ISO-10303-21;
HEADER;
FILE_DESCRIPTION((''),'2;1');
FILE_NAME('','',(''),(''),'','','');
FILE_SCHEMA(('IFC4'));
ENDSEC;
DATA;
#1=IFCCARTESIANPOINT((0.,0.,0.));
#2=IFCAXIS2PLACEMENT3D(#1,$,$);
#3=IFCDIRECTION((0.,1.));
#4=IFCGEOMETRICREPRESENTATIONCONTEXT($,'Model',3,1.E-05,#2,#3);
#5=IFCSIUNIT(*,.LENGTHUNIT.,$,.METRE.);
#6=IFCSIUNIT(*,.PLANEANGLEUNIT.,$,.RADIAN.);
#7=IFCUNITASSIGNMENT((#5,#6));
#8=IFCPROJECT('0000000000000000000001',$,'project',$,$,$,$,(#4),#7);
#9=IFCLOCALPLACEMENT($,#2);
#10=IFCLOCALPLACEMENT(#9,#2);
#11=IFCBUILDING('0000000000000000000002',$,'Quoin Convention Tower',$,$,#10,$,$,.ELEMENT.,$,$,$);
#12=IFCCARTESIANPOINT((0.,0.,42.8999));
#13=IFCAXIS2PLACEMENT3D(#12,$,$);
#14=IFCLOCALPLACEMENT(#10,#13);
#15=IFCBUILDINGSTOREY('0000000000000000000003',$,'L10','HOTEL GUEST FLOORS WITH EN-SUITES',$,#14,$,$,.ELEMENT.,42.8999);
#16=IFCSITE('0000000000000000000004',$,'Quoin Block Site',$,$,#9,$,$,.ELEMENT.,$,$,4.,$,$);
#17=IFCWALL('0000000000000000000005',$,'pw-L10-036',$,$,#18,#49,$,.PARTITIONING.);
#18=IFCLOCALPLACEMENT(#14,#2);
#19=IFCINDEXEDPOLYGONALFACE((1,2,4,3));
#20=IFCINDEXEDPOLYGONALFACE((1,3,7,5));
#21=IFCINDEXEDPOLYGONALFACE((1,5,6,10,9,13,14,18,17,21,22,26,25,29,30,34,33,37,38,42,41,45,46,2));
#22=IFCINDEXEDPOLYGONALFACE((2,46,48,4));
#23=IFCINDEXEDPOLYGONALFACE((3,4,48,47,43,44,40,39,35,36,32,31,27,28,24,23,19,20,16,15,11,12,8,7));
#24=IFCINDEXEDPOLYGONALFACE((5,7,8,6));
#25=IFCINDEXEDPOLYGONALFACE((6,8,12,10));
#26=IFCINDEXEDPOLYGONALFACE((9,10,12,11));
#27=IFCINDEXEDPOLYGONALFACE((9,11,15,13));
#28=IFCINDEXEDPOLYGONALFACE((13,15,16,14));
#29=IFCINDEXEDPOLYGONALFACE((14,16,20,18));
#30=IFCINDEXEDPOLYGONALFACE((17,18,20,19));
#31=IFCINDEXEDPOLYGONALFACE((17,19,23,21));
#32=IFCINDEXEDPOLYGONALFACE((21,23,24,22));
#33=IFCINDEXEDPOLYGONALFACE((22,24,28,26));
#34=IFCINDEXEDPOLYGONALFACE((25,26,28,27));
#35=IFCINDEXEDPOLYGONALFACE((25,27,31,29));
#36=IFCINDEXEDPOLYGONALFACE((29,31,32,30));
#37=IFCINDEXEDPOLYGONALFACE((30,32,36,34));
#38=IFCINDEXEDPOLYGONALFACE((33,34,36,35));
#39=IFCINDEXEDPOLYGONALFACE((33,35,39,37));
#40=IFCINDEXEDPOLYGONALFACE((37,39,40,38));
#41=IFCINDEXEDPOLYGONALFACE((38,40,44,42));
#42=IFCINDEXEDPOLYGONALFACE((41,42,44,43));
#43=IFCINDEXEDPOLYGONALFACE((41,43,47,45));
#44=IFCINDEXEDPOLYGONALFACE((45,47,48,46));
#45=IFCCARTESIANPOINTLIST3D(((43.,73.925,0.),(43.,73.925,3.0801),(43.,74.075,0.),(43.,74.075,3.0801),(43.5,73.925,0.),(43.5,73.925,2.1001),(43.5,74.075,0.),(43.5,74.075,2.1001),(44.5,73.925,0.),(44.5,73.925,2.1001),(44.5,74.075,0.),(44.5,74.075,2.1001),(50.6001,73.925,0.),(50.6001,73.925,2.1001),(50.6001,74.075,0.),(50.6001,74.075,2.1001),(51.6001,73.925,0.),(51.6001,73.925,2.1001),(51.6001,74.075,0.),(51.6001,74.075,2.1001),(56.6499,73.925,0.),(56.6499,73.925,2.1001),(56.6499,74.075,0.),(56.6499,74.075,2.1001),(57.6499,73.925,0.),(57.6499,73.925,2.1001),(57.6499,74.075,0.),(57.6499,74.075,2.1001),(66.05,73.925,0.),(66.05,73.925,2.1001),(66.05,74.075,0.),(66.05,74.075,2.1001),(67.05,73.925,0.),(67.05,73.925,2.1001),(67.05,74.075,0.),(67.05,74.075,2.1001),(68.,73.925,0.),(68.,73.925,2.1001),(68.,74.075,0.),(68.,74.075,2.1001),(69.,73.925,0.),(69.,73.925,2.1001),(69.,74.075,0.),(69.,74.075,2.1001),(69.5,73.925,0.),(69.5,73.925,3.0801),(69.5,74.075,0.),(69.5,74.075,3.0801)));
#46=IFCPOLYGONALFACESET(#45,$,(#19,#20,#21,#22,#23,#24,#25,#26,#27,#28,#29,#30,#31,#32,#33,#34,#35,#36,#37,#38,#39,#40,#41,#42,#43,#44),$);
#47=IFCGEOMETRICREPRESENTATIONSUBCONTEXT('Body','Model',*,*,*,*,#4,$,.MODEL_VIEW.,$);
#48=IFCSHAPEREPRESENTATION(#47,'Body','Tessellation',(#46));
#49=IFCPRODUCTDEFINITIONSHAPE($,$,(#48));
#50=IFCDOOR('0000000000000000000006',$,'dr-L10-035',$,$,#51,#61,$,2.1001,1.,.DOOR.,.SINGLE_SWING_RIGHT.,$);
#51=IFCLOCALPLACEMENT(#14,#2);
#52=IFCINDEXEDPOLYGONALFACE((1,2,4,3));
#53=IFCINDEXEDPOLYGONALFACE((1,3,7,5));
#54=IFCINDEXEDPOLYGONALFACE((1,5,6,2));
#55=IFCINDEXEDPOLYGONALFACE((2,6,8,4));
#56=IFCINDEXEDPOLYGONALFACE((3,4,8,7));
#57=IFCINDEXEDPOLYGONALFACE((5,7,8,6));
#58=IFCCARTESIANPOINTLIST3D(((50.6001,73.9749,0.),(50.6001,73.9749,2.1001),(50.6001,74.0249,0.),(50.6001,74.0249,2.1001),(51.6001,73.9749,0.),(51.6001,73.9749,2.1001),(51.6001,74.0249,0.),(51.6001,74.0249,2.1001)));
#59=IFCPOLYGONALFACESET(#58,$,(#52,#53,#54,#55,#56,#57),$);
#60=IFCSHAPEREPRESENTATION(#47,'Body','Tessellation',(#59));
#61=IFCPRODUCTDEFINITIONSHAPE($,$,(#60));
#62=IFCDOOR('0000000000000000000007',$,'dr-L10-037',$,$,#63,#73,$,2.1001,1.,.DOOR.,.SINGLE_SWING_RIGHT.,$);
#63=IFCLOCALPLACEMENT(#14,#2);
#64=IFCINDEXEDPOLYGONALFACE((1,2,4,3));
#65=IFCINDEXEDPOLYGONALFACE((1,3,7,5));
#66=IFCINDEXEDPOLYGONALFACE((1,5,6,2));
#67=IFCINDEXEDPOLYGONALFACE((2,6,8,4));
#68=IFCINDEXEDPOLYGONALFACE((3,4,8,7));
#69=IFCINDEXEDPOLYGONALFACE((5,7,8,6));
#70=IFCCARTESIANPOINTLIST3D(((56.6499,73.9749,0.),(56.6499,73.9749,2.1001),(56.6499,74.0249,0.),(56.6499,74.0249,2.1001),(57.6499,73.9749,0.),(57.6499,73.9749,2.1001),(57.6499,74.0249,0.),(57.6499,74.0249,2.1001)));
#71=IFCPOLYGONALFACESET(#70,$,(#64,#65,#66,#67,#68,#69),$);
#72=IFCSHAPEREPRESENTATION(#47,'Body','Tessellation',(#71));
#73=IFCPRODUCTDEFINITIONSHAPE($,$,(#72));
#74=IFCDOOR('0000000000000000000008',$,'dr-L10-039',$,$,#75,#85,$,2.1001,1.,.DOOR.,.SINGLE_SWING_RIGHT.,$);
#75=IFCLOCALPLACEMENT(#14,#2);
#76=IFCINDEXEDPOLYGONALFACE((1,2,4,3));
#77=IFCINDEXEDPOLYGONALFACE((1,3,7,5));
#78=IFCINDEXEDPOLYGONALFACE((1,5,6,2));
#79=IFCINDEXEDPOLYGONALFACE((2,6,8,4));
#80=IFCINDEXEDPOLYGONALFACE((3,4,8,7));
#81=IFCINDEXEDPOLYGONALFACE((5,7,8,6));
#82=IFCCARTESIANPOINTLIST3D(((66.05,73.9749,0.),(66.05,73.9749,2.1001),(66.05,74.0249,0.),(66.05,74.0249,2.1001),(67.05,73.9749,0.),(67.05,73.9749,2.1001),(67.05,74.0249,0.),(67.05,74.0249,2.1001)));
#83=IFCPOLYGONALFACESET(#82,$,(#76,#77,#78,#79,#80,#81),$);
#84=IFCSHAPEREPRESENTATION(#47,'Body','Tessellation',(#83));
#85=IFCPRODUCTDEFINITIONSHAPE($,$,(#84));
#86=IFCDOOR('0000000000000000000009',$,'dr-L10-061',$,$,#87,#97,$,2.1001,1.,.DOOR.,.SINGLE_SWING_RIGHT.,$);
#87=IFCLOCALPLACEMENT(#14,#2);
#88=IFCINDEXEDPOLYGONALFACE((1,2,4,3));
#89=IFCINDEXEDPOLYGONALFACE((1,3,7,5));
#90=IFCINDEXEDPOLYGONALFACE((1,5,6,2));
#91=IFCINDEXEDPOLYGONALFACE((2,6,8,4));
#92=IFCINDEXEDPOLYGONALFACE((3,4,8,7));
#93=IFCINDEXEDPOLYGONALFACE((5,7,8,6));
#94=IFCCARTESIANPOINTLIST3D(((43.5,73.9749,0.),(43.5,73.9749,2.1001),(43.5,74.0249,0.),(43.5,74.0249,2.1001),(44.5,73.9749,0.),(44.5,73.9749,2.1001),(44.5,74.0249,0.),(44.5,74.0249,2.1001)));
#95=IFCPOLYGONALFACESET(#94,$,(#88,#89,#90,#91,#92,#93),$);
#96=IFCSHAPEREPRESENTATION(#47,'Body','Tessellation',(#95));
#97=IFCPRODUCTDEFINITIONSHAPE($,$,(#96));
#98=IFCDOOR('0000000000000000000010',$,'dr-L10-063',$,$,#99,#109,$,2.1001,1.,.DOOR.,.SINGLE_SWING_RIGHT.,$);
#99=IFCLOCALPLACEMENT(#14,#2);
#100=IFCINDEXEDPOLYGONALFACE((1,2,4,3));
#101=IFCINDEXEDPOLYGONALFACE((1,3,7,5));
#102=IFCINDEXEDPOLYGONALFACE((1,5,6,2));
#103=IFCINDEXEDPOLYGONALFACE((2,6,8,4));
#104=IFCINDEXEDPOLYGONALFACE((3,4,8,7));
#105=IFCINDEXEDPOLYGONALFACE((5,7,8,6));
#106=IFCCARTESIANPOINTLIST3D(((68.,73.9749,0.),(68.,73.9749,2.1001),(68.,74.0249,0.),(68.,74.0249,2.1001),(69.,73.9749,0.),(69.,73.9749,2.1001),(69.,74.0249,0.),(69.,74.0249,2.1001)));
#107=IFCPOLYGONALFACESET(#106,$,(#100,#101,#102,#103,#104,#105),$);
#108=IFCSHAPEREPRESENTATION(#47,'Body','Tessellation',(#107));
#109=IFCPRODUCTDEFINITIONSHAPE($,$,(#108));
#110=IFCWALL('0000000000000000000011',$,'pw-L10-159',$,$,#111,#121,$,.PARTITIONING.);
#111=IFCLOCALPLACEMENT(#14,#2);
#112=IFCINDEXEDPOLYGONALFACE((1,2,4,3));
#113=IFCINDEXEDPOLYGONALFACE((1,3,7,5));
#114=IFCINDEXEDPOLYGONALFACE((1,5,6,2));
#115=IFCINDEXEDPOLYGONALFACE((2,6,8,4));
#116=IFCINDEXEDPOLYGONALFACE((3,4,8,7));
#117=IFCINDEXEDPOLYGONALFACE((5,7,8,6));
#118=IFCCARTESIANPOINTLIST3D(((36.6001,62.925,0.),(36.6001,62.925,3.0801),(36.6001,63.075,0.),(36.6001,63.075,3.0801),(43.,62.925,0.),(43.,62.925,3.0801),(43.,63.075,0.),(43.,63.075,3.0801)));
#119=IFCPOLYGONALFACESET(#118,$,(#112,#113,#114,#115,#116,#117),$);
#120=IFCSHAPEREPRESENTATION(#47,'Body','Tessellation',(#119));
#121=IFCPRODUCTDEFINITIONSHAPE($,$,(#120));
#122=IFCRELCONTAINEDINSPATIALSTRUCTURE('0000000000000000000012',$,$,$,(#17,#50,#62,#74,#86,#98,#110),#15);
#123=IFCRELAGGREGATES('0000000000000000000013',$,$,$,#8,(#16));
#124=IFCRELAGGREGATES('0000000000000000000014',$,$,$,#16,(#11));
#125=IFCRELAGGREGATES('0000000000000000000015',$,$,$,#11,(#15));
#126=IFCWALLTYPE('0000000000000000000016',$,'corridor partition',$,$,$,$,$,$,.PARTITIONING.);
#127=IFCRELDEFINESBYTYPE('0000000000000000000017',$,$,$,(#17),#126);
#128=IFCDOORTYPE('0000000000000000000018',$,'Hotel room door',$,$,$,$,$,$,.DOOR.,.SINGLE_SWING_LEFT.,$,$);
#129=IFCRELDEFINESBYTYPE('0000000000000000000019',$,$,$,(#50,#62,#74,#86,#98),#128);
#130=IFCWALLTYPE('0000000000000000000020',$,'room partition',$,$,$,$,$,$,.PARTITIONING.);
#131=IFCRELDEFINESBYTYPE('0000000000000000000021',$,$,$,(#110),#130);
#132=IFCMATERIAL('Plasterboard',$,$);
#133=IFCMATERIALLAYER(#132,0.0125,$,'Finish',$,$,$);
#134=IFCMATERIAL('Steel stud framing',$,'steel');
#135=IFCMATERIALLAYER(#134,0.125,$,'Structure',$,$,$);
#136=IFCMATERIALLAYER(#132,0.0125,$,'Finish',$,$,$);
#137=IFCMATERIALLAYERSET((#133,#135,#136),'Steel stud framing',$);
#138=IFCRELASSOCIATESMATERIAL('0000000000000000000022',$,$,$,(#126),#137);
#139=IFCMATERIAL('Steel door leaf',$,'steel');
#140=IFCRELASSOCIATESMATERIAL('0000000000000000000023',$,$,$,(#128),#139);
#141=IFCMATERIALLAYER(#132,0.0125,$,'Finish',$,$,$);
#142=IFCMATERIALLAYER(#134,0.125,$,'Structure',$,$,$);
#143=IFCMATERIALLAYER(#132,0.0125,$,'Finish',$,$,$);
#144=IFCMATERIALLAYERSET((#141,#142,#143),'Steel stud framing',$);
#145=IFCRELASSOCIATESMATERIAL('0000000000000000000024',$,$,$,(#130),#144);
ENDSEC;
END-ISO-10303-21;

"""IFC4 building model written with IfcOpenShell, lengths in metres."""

from ifc_helpers import new_model, si_unit, direction, frame, frame_2d, origin, place, context, subcontext, project, spatial, rectangle, extrude, material, layer, layer_set, type_object, element, fill, save


model = new_model("IFC4")

# Units and contexts
model_context = context("Model", 3, precision=1e-05, world=origin(), true_north=direction((0.0, 1.0)))
body_context = subcontext(model_context, "Body", "Model", "MODEL_VIEW")
ifc_project = project(units=[si_unit("LENGTHUNIT", "METRE"), si_unit("PLANEANGLEUNIT", "RADIAN")], contexts=[model_context])

# Site, building, storey
site_placement = place(None, origin())
site = spatial("IfcSite", under=ifc_project, at=site_placement, Name="Quoin Block Site", CompositionType="ELEMENT", RefElevation=4.0)
building_placement = place(site_placement, origin())
building = spatial("IfcBuilding", under=site, at=building_placement, Name="Quoin Convention Tower", CompositionType="ELEMENT")
storey_placement = place(building_placement, frame((0.0, 0.0, 42.8999)))
storey = spatial("IfcBuildingStorey", under=building, at=storey_placement, Name="L10", Description="HOTEL GUEST FLOORS WITH EN-SUITES", CompositionType="ELEMENT", Elevation=42.8999)

# Shared definitions
ifc_material_1 = material(Name="Plasterboard")
ifc_material_2 = material(Name="Steel stud framing", Category="steel")
ifc_material_3 = material(Name="Steel door leaf", Category="steel")

# Wall, openings, doors
ifc_layer_1 = layer(ifc_material_1, 0.0125, Name="Finish")
ifc_layer_2 = layer(ifc_material_2, 0.125, Name="Structure")
ifc_layer_3 = layer(ifc_material_1, 0.0125, Name="Finish")
ifc_layer_set_1 = layer_set([ifc_layer_1, ifc_layer_2, ifc_layer_3], Name="Steel stud framing")
wall_type_1 = type_object("IfcWallType", Name="corridor partition", PredefinedType="PARTITIONING", material=ifc_layer_set_1)
wall_1_placement = place(storey_placement, frame((43.0, 74.0, 0.0), z_axis=(0.0, 0.0, 1.0), x_axis=(1.0, 0.0, 0.0)))
wall_1 = element("IfcWall", 1, at=wall_1_placement, inside=storey, type_object=wall_type_1, Name="pw-L10-036", PredefinedType="PARTITIONING", context=body_context, shape_type="SweptSolid", body=[
    extrude(rectangle(XDim=26.5, YDim=0.1499, at=frame_2d((13.25, 0.0))), origin(), (0.0, 0.0, 1.0), 3.0801),
])
opening_1_placement = place(wall_1_placement, frame((7.6001, 0.0, 0.0)))
opening_1 = element("IfcOpeningElement", 2, at=opening_1_placement, cuts=wall_1, PredefinedType="OPENING", context=body_context, shape_type="SweptSolid", body=[
    extrude(rectangle(XDim=1.0, YDim=2.1001, at=frame_2d((0.5, 1.05))), frame((0.0, 0.085, 0.0), z_axis=(0.0, -1.0, 0.0), x_axis=(1.0, 0.0, 0.0)), (0.0, 0.0, 1.0), 0.1699),
])
opening_2_placement = place(wall_1_placement, frame((13.6499, 0.0, 0.0)))
opening_2 = element("IfcOpeningElement", 3, at=opening_2_placement, cuts=wall_1, PredefinedType="OPENING", context=body_context, shape_type="SweptSolid", body=[
    extrude(rectangle(XDim=1.0, YDim=2.1001, at=frame_2d((0.5, 1.05))), frame((0.0, 0.085, 0.0), z_axis=(0.0, -1.0, 0.0), x_axis=(1.0, 0.0, 0.0)), (0.0, 0.0, 1.0), 0.1699),
])
opening_3_placement = place(wall_1_placement, frame((23.05, 0.0, 0.0)))
opening_3 = element("IfcOpeningElement", 4, at=opening_3_placement, cuts=wall_1, PredefinedType="OPENING", context=body_context, shape_type="SweptSolid", body=[
    extrude(rectangle(XDim=1.0, YDim=2.1001, at=frame_2d((0.5, 1.05))), frame((0.0, 0.085, 0.0), z_axis=(0.0, -1.0, 0.0), x_axis=(1.0, 0.0, 0.0)), (0.0, 0.0, 1.0), 0.1699),
])
opening_4_placement = place(wall_1_placement, frame((0.5, 0.0, 0.0)))
opening_4 = element("IfcOpeningElement", 5, at=opening_4_placement, cuts=wall_1, PredefinedType="OPENING", context=body_context, shape_type="SweptSolid", body=[
    extrude(rectangle(XDim=1.0, YDim=2.1001, at=frame_2d((0.5, 1.05))), frame((0.0, 0.085, 0.0), z_axis=(0.0, -1.0, 0.0), x_axis=(1.0, 0.0, 0.0)), (0.0, 0.0, 1.0), 0.1699),
])
opening_5_placement = place(wall_1_placement, frame((25.0, 0.0, 0.0)))
opening_5 = element("IfcOpeningElement", 6, at=opening_5_placement, cuts=wall_1, PredefinedType="OPENING", context=body_context, shape_type="SweptSolid", body=[
    extrude(rectangle(XDim=1.0, YDim=2.1001, at=frame_2d((0.5, 1.05))), frame((0.0, 0.085, 0.0), z_axis=(0.0, -1.0, 0.0), x_axis=(1.0, 0.0, 0.0)), (0.0, 0.0, 1.0), 0.1699),
])
door_type_1 = type_object("IfcDoorType", Name="Hotel room door", OperationType="SINGLE_SWING_LEFT", PredefinedType="DOOR", material=ifc_material_3)
door_1_placement = place(opening_1_placement, origin())
door_1 = element("IfcDoor", 7, at=door_1_placement, inside=storey, type_object=door_type_1, Name="dr-L10-035", OperationType="SINGLE_SWING_RIGHT", OverallHeight=2.1001, OverallWidth=1.0, PredefinedType="DOOR", context=body_context, shape_type="SweptSolid", body=[
    extrude(rectangle(XDim=1.0, YDim=2.1001, at=frame_2d((0.5, 1.05))), frame((0.0, 0.0249, 0.0), z_axis=(0.0, -1.0, 0.0), x_axis=(1.0, 0.0, 0.0)), (0.0, 0.0, 1.0), 0.05),
])
fill(opening_1, door_1)
door_2_placement = place(opening_2_placement, origin())
door_2 = element("IfcDoor", 8, at=door_2_placement, inside=storey, type_object=door_type_1, Name="dr-L10-037", OperationType="SINGLE_SWING_RIGHT", OverallHeight=2.1001, OverallWidth=1.0, PredefinedType="DOOR", context=body_context, shape_type="SweptSolid", body=[
    extrude(rectangle(XDim=1.0, YDim=2.1001, at=frame_2d((0.5, 1.05))), frame((0.0, 0.0249, 0.0), z_axis=(0.0, -1.0, 0.0), x_axis=(1.0, 0.0, 0.0)), (0.0, 0.0, 1.0), 0.05),
])
fill(opening_2, door_2)
door_3_placement = place(opening_3_placement, origin())
door_3 = element("IfcDoor", 9, at=door_3_placement, inside=storey, type_object=door_type_1, Name="dr-L10-039", OperationType="SINGLE_SWING_RIGHT", OverallHeight=2.1001, OverallWidth=1.0, PredefinedType="DOOR", context=body_context, shape_type="SweptSolid", body=[
    extrude(rectangle(XDim=1.0, YDim=2.1001, at=frame_2d((0.5, 1.05))), frame((0.0, 0.0249, 0.0), z_axis=(0.0, -1.0, 0.0), x_axis=(1.0, 0.0, 0.0)), (0.0, 0.0, 1.0), 0.05),
])
fill(opening_3, door_3)
door_4_placement = place(opening_4_placement, origin())
door_4 = element("IfcDoor", 10, at=door_4_placement, inside=storey, type_object=door_type_1, Name="dr-L10-061", OperationType="SINGLE_SWING_RIGHT", OverallHeight=2.1001, OverallWidth=1.0, PredefinedType="DOOR", context=body_context, shape_type="SweptSolid", body=[
    extrude(rectangle(XDim=1.0, YDim=2.1001, at=frame_2d((0.5, 1.05))), frame((0.0, 0.0249, 0.0), z_axis=(0.0, -1.0, 0.0), x_axis=(1.0, 0.0, 0.0)), (0.0, 0.0, 1.0), 0.05),
])
fill(opening_4, door_4)
door_5_placement = place(opening_5_placement, origin())
door_5 = element("IfcDoor", 11, at=door_5_placement, inside=storey, type_object=door_type_1, Name="dr-L10-063", OperationType="SINGLE_SWING_RIGHT", OverallHeight=2.1001, OverallWidth=1.0, PredefinedType="DOOR", context=body_context, shape_type="SweptSolid", body=[
    extrude(rectangle(XDim=1.0, YDim=2.1001, at=frame_2d((0.5, 1.05))), frame((0.0, 0.0249, 0.0), z_axis=(0.0, -1.0, 0.0), x_axis=(1.0, 0.0, 0.0)), (0.0, 0.0, 1.0), 0.05),
])
fill(opening_5, door_5)

# Wall
ifc_layer_4 = layer(ifc_material_1, 0.0125, Name="Finish")
ifc_layer_5 = layer(ifc_material_2, 0.125, Name="Structure")
ifc_layer_6 = layer(ifc_material_1, 0.0125, Name="Finish")
ifc_layer_set_2 = layer_set([ifc_layer_4, ifc_layer_5, ifc_layer_6], Name="Steel stud framing")
wall_type_2 = type_object("IfcWallType", Name="room partition", PredefinedType="PARTITIONING", material=ifc_layer_set_2)
wall_2_placement = place(storey_placement, frame((36.6001, 63.0, 0.0), z_axis=(0.0, 0.0, 1.0), x_axis=(1.0, 0.0, 0.0)))
element("IfcWall", 12, at=wall_2_placement, inside=storey, type_object=wall_type_2, Name="pw-L10-159", PredefinedType="PARTITIONING", context=body_context, shape_type="SweptSolid", body=[
    extrude(rectangle(XDim=6.3999, YDim=0.1499, at=frame_2d((3.2, 0.0))), origin(), (0.0, 0.0, 1.0), 3.0801),
])

save(model, "model.ifc")
